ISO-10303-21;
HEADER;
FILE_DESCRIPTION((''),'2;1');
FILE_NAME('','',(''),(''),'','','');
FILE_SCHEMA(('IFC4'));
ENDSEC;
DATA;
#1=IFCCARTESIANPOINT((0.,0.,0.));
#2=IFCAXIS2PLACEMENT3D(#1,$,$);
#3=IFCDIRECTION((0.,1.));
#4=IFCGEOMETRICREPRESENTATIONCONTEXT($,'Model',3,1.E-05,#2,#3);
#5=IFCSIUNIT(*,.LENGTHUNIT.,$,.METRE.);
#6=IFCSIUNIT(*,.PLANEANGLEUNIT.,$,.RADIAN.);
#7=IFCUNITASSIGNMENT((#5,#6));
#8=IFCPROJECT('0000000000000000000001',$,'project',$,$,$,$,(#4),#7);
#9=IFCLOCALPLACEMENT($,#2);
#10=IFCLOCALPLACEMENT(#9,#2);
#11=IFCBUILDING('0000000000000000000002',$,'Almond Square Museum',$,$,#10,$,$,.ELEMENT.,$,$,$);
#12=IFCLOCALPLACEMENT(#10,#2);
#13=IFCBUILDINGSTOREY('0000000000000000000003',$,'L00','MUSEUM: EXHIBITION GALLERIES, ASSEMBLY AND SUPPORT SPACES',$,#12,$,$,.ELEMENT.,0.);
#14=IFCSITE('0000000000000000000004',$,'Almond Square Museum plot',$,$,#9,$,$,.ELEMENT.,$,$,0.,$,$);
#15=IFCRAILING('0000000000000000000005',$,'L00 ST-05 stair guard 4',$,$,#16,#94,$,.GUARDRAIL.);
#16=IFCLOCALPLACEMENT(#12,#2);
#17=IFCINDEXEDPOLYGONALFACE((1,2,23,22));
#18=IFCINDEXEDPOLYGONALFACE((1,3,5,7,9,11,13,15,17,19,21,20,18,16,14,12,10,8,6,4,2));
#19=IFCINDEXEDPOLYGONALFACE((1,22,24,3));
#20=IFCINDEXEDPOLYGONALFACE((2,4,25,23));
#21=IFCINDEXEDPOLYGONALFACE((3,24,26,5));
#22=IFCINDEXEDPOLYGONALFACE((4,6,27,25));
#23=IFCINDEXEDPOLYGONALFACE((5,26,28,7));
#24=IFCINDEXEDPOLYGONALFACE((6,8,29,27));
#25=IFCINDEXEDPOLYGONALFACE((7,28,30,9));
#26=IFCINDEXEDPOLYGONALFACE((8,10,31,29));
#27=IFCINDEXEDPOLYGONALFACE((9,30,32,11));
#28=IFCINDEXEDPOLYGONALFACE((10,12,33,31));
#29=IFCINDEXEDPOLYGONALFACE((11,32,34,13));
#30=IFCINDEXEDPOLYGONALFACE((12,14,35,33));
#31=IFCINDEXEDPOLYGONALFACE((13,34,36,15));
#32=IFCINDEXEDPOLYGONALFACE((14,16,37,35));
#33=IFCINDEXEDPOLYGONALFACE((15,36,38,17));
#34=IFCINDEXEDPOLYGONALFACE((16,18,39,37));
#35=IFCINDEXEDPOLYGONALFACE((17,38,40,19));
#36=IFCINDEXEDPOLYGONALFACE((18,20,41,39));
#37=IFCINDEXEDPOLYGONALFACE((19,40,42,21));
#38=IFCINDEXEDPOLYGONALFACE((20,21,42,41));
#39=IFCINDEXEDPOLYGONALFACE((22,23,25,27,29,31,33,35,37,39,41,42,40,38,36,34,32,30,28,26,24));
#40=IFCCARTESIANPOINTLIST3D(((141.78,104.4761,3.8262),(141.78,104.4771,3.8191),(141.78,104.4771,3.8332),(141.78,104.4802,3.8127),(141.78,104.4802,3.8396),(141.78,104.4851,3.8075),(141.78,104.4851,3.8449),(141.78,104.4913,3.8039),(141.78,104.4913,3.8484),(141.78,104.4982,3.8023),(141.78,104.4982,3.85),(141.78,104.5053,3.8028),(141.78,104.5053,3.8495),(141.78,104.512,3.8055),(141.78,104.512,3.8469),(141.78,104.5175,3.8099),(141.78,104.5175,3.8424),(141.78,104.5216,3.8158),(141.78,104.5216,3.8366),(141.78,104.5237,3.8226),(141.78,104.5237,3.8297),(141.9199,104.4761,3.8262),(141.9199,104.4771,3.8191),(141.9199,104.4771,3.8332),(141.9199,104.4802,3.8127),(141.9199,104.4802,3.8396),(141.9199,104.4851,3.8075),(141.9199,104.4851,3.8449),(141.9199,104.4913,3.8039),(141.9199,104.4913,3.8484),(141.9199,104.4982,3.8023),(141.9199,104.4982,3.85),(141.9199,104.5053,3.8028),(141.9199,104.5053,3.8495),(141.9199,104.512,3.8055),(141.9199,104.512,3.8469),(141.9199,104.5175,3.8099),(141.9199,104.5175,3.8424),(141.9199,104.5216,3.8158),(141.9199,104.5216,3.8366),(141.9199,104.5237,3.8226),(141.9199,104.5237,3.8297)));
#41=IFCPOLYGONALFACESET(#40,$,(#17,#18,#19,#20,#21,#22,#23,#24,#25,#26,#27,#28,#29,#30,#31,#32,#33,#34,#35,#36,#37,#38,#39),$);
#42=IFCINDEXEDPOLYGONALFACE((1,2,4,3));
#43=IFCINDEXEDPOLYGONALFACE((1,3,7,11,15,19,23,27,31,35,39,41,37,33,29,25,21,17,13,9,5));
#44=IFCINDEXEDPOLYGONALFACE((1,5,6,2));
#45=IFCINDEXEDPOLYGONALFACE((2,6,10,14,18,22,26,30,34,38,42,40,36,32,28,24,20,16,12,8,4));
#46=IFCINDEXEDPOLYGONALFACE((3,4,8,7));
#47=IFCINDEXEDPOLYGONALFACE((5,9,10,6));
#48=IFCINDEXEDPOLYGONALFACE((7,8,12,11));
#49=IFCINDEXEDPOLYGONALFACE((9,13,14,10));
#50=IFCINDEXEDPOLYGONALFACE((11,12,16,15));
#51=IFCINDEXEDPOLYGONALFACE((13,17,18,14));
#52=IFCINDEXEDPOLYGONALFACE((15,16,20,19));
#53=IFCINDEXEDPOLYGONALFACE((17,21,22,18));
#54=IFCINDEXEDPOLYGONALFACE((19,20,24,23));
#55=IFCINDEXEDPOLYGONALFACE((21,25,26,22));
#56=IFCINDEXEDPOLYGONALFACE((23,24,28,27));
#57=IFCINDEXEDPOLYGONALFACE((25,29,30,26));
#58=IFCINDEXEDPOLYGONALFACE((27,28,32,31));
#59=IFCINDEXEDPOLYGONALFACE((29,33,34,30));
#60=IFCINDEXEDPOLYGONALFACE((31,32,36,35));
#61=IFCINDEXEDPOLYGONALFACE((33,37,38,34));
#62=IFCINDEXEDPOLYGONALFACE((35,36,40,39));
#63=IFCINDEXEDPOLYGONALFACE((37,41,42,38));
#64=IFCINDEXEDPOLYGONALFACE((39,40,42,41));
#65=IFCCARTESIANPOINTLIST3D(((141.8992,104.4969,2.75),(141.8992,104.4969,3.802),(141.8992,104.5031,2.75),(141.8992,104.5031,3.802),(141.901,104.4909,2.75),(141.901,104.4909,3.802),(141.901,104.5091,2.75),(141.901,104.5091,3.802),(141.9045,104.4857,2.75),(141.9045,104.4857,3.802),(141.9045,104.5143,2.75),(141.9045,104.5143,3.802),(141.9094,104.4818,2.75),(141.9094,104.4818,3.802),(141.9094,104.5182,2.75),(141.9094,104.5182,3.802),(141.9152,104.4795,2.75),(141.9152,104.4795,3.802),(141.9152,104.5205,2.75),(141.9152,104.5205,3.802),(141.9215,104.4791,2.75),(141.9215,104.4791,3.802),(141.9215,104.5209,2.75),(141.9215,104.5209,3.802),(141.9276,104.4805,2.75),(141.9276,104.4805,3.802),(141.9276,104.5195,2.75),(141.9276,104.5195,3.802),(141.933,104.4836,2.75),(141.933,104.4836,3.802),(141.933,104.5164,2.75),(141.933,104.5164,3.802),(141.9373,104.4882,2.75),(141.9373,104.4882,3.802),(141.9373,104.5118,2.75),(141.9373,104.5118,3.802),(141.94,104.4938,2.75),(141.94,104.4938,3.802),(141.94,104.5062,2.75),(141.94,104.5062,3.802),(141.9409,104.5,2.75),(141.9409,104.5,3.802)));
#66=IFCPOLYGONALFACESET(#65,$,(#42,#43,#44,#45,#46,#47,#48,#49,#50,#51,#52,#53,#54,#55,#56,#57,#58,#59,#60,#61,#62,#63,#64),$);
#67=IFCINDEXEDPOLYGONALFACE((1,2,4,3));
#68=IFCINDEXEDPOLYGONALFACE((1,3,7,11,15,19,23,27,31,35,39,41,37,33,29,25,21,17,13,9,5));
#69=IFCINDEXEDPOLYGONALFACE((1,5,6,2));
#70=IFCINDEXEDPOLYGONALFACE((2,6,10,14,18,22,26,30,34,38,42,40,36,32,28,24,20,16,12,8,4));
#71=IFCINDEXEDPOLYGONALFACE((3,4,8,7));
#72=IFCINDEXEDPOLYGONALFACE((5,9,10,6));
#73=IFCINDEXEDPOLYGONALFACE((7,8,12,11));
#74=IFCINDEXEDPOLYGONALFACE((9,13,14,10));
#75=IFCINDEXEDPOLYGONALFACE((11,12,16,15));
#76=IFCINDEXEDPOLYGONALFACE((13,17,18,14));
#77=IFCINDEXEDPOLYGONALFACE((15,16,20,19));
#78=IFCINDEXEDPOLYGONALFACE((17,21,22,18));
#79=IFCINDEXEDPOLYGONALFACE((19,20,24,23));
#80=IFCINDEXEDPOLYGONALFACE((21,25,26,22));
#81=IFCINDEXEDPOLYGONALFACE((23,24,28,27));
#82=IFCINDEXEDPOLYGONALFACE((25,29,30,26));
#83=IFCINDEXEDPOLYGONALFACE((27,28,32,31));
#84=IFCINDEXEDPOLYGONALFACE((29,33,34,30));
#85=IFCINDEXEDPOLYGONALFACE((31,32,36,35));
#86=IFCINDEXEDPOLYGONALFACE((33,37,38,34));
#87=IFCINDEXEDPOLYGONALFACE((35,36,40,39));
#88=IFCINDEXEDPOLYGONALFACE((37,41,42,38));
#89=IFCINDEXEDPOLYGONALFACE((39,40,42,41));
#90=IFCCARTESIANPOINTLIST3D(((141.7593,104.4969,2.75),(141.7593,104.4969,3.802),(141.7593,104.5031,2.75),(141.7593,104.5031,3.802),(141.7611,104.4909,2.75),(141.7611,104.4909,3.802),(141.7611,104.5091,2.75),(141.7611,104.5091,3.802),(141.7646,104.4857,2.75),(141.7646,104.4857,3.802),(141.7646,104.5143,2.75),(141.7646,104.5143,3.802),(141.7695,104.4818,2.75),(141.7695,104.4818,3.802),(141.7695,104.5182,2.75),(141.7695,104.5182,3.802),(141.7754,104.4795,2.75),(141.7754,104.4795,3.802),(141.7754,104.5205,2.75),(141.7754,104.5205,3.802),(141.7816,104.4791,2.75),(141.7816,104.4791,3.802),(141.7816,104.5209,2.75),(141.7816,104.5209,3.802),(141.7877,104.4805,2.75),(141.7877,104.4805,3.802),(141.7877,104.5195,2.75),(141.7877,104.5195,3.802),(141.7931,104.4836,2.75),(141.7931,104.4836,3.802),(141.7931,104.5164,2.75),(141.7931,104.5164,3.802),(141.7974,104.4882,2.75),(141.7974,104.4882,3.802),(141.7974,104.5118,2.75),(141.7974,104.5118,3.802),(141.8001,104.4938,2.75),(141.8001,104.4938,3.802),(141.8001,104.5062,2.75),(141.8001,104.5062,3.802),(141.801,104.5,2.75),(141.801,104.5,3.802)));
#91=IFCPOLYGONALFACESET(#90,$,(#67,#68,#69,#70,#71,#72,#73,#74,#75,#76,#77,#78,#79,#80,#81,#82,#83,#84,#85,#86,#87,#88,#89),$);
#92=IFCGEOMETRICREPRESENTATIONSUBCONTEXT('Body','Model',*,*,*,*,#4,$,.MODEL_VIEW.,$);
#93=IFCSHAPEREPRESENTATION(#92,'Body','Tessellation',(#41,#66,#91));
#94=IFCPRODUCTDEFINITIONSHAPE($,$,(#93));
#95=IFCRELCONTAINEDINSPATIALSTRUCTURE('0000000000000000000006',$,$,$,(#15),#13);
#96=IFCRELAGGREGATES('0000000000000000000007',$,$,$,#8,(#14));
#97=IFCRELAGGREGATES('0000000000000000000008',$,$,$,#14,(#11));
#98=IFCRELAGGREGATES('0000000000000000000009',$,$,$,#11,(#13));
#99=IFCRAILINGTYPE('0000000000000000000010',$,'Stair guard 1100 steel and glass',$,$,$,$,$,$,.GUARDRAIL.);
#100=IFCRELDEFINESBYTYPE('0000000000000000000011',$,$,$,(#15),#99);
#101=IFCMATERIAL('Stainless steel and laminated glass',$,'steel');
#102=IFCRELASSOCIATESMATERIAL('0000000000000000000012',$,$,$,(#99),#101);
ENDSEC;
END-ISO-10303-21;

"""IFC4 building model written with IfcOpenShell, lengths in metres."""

from ifc_helpers import new_model, si_unit, direction, frame, origin, origin_2d, place, context, subcontext, project, spatial, circle, extrude, material, type_object, element, save


model = new_model("IFC4")

# Units and contexts
model_context = context("Model", 3, precision=1e-05, world=origin(), true_north=direction((0.0, 1.0)))
body_context = subcontext(model_context, "Body", "Model", "MODEL_VIEW")
ifc_project = project(units=[si_unit("LENGTHUNIT", "METRE"), si_unit("PLANEANGLEUNIT", "RADIAN")], contexts=[model_context])

# Site, building, storey
site_placement = place(None, origin())
site = spatial("IfcSite", under=ifc_project, at=site_placement, Name="Almond Square Museum plot", CompositionType="ELEMENT", RefElevation=0.0)
building_placement = place(site_placement, origin())
building = spatial("IfcBuilding", under=site, at=building_placement, Name="Almond Square Museum", CompositionType="ELEMENT")
storey_placement = place(building_placement, origin())
storey = spatial("IfcBuildingStorey", under=building, at=storey_placement, Name="L00", Description="MUSEUM: EXHIBITION GALLERIES, ASSEMBLY AND SUPPORT SPACES", CompositionType="ELEMENT", Elevation=0.0)

# Railing
ifc_material_1 = material(Name="Stainless steel and laminated glass", Category="steel")
railing_type_1 = type_object("IfcRailingType", Name="Stair guard 1100 steel and glass", PredefinedType="GUARDRAIL", material=ifc_material_1)
railing_1_placement = place(storey_placement, frame((141.9199, 104.5, 2.75)))
element("IfcRailing", 1, at=railing_1_placement, inside=storey, type_object=railing_type_1, Name="L00 ST-05 stair guard 4", PredefinedType="GUARDRAIL", context=body_context, shape_type="SweptSolid", body=[
    extrude(circle(Radius=0.0239, at=origin_2d()), frame((0.0, 0.0, 1.0762), z_axis=(-1.0, 0.0, 0.0), x_axis=(0.0, -1.0, 0.0)), (0.0, 0.0, 1.0), 0.1399),
    extrude(circle(Radius=0.021, at=origin_2d()), origin(), (0.0, 0.0, 1.0), 1.052),
    extrude(circle(Radius=0.021, at=origin_2d()), frame((-0.1399, 0.0, 0.0)), (0.0, 0.0, 1.0), 1.052),
])

save(model, "model.ifc")
